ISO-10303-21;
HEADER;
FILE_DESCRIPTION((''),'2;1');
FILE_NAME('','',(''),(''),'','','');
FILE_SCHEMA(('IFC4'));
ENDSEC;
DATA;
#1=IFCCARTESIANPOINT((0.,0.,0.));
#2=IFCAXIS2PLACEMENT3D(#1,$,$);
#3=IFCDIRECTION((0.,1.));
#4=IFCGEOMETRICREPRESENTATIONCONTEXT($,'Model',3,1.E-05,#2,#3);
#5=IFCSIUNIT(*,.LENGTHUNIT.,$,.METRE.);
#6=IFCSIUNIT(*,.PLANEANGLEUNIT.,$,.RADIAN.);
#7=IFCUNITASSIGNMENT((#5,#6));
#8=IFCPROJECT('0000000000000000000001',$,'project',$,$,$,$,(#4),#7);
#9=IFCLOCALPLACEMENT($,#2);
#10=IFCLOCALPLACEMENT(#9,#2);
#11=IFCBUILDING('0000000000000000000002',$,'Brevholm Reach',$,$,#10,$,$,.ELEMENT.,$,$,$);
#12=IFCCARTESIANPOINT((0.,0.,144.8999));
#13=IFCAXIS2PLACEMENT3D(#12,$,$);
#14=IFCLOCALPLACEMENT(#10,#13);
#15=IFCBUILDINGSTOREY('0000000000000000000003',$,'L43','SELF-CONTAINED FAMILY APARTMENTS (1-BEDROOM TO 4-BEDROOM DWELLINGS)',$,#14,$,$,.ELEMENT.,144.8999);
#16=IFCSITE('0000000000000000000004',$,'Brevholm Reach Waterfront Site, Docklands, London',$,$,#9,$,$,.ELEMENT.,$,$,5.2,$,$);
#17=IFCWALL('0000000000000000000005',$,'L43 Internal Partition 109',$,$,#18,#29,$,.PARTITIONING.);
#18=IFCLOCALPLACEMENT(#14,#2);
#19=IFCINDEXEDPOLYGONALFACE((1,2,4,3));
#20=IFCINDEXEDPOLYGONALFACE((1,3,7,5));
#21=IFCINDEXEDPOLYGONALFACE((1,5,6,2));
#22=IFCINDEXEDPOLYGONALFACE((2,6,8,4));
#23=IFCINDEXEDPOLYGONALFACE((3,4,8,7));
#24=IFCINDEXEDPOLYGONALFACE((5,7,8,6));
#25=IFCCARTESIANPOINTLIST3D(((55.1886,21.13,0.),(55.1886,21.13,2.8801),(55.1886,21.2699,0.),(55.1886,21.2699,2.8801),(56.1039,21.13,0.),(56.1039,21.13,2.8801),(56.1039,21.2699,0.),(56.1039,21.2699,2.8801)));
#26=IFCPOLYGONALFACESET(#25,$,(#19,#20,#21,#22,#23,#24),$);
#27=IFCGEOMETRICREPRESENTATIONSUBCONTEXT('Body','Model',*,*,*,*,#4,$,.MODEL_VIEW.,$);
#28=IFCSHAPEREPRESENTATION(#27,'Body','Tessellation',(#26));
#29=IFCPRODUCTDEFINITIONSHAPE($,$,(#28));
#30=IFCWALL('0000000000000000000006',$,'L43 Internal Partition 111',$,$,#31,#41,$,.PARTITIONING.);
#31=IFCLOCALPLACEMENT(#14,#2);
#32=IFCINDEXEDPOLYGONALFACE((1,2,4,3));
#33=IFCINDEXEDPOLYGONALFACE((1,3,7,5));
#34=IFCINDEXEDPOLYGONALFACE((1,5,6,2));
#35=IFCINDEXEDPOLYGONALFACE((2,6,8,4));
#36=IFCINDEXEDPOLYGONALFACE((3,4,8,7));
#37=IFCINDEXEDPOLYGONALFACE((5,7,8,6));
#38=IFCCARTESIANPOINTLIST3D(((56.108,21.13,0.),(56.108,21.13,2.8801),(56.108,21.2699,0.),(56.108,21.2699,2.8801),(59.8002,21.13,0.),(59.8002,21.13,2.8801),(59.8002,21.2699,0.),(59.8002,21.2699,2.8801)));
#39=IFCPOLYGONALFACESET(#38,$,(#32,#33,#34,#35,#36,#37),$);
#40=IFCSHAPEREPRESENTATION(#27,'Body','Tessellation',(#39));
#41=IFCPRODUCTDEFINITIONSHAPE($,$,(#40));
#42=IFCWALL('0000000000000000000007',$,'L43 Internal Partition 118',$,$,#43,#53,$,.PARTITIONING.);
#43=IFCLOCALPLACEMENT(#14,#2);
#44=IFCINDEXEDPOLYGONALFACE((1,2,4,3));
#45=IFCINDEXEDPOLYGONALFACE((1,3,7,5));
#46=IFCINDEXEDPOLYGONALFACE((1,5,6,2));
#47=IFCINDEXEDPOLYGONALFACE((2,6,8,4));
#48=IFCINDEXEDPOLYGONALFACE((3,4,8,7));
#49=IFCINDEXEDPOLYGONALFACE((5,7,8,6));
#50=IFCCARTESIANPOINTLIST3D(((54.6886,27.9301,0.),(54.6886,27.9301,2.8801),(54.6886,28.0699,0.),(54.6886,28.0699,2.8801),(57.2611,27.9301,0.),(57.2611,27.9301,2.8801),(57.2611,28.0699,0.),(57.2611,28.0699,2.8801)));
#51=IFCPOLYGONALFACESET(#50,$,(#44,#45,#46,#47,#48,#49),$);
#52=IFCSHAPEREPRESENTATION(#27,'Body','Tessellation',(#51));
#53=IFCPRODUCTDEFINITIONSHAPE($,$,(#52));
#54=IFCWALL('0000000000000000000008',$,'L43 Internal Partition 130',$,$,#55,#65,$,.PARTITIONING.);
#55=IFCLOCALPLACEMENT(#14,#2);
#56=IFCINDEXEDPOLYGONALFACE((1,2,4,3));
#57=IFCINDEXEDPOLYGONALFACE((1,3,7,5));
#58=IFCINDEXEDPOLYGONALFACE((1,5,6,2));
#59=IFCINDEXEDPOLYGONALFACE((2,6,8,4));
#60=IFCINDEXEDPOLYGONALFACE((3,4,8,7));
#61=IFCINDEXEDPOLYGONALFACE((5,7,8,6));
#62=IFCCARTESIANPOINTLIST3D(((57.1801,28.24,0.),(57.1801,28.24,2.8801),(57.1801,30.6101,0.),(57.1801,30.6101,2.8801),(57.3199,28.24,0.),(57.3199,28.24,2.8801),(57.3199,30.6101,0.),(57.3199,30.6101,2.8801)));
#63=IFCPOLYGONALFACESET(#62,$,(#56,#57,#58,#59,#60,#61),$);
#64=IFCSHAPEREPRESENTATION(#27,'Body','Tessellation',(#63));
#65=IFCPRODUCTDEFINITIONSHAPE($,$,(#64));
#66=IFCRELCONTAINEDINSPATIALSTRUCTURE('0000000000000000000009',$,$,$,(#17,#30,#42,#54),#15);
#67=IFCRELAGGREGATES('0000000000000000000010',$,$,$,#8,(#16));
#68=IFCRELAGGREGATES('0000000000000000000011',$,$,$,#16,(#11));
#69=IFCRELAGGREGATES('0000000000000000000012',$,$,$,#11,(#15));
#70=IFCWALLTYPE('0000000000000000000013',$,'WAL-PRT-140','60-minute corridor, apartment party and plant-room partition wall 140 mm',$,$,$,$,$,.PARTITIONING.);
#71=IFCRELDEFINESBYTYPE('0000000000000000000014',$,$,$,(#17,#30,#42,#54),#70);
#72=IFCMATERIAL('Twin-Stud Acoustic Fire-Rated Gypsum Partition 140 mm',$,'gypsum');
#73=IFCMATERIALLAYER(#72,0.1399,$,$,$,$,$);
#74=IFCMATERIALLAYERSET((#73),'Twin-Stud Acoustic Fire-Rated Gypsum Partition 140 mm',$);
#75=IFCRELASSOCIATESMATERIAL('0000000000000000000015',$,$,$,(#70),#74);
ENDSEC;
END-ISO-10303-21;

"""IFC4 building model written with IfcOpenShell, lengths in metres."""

from ifc_helpers import new_model, si_unit, direction, frame, frame_2d, origin, place, context, subcontext, project, spatial, rectangle, extrude, material, layer, layer_set, type_object, element, save


model = new_model("IFC4")

# Units and contexts
model_context = context("Model", 3, precision=1e-05, world=origin(), true_north=direction((0.0, 1.0)))
body_context = subcontext(model_context, "Body", "Model", "MODEL_VIEW")
ifc_project = project(units=[si_unit("LENGTHUNIT", "METRE"), si_unit("PLANEANGLEUNIT", "RADIAN")], contexts=[model_context])

# Site, building, storey
site_placement = place(None, origin())
site = spatial("IfcSite", under=ifc_project, at=site_placement, Name="Brevholm Reach Waterfront Site, Docklands, London", CompositionType="ELEMENT", RefElevation=5.2)
building_placement = place(site_placement, origin())
building = spatial("IfcBuilding", under=site, at=building_placement, Name="Brevholm Reach", CompositionType="ELEMENT")
storey_placement = place(building_placement, frame((0.0, 0.0, 144.8999)))
storey = spatial("IfcBuildingStorey", under=building, at=storey_placement, Name="L43", Description="SELF-CONTAINED FAMILY APARTMENTS (1-BEDROOM TO 4-BEDROOM DWELLINGS)", CompositionType="ELEMENT", Elevation=144.8999)

# Walls
ifc_material_1 = material(Name="Twin-Stud Acoustic Fire-Rated Gypsum Partition 140 mm", Category="gypsum")
ifc_layer_1 = layer(ifc_material_1, 0.1399)
ifc_layer_set_1 = layer_set([ifc_layer_1], Name="Twin-Stud Acoustic Fire-Rated Gypsum Partition 140 mm")
wall_type_1 = type_object("IfcWallType", Name="WAL-PRT-140", Description="60-minute corridor, apartment party and plant-room partition wall 140 mm", PredefinedType="PARTITIONING", material=ifc_layer_set_1)
wall_1_placement = place(storey_placement, frame((55.1887, 21.2, 0.0), z_axis=(0.0, 0.0, 1.0), x_axis=(1.0, 0.0, 0.0)))
element("IfcWall", 1, at=wall_1_placement, inside=storey, type_object=wall_type_1, Name="L43 Internal Partition 109", PredefinedType="PARTITIONING", context=body_context, shape_type="SweptSolid", body=[
    extrude(rectangle(XDim=0.9153, YDim=0.1399, at=frame_2d((0.4575, 0.0))), origin(), (0.0, 0.0, 1.0), 2.8801),
])
wall_2_placement = place(storey_placement, frame((56.1079, 21.2, 0.0), z_axis=(0.0, 0.0, 1.0), x_axis=(1.0, 0.0, 0.0)))
element("IfcWall", 2, at=wall_2_placement, inside=storey, type_object=wall_type_1, Name="L43 Internal Partition 111", PredefinedType="PARTITIONING", context=body_context, shape_type="SweptSolid", body=[
    extrude(rectangle(XDim=3.6921, YDim=0.1399, at=frame_2d((1.8462, 0.0))), origin(), (0.0, 0.0, 1.0), 2.8801),
])
wall_3_placement = place(storey_placement, frame((54.6887, 28.0, 0.0), z_axis=(0.0, 0.0, 1.0), x_axis=(1.0, 0.0, 0.0)))
element("IfcWall", 3, at=wall_3_placement, inside=storey, type_object=wall_type_1, Name="L43 Internal Partition 118", PredefinedType="PARTITIONING", context=body_context, shape_type="SweptSolid", body=[
    extrude(rectangle(XDim=2.5725, YDim=0.1399, at=frame_2d((1.2861, 0.0))), origin(), (0.0, 0.0, 1.0), 2.8801),
])
wall_4_placement = place(storey_placement, frame((57.25, 28.24, 0.0), z_axis=(0.0, 0.0, 1.0), x_axis=(0.0, 1.0, 0.0)))
element("IfcWall", 4, at=wall_4_placement, inside=storey, type_object=wall_type_1, Name="L43 Internal Partition 130", PredefinedType="PARTITIONING", context=body_context, shape_type="SweptSolid", body=[
    extrude(rectangle(XDim=2.3701, YDim=0.1399, at=frame_2d((1.1851, 0.0))), origin(), (0.0, 0.0, 1.0), 2.8801),
])

save(model, "model.ifc")
